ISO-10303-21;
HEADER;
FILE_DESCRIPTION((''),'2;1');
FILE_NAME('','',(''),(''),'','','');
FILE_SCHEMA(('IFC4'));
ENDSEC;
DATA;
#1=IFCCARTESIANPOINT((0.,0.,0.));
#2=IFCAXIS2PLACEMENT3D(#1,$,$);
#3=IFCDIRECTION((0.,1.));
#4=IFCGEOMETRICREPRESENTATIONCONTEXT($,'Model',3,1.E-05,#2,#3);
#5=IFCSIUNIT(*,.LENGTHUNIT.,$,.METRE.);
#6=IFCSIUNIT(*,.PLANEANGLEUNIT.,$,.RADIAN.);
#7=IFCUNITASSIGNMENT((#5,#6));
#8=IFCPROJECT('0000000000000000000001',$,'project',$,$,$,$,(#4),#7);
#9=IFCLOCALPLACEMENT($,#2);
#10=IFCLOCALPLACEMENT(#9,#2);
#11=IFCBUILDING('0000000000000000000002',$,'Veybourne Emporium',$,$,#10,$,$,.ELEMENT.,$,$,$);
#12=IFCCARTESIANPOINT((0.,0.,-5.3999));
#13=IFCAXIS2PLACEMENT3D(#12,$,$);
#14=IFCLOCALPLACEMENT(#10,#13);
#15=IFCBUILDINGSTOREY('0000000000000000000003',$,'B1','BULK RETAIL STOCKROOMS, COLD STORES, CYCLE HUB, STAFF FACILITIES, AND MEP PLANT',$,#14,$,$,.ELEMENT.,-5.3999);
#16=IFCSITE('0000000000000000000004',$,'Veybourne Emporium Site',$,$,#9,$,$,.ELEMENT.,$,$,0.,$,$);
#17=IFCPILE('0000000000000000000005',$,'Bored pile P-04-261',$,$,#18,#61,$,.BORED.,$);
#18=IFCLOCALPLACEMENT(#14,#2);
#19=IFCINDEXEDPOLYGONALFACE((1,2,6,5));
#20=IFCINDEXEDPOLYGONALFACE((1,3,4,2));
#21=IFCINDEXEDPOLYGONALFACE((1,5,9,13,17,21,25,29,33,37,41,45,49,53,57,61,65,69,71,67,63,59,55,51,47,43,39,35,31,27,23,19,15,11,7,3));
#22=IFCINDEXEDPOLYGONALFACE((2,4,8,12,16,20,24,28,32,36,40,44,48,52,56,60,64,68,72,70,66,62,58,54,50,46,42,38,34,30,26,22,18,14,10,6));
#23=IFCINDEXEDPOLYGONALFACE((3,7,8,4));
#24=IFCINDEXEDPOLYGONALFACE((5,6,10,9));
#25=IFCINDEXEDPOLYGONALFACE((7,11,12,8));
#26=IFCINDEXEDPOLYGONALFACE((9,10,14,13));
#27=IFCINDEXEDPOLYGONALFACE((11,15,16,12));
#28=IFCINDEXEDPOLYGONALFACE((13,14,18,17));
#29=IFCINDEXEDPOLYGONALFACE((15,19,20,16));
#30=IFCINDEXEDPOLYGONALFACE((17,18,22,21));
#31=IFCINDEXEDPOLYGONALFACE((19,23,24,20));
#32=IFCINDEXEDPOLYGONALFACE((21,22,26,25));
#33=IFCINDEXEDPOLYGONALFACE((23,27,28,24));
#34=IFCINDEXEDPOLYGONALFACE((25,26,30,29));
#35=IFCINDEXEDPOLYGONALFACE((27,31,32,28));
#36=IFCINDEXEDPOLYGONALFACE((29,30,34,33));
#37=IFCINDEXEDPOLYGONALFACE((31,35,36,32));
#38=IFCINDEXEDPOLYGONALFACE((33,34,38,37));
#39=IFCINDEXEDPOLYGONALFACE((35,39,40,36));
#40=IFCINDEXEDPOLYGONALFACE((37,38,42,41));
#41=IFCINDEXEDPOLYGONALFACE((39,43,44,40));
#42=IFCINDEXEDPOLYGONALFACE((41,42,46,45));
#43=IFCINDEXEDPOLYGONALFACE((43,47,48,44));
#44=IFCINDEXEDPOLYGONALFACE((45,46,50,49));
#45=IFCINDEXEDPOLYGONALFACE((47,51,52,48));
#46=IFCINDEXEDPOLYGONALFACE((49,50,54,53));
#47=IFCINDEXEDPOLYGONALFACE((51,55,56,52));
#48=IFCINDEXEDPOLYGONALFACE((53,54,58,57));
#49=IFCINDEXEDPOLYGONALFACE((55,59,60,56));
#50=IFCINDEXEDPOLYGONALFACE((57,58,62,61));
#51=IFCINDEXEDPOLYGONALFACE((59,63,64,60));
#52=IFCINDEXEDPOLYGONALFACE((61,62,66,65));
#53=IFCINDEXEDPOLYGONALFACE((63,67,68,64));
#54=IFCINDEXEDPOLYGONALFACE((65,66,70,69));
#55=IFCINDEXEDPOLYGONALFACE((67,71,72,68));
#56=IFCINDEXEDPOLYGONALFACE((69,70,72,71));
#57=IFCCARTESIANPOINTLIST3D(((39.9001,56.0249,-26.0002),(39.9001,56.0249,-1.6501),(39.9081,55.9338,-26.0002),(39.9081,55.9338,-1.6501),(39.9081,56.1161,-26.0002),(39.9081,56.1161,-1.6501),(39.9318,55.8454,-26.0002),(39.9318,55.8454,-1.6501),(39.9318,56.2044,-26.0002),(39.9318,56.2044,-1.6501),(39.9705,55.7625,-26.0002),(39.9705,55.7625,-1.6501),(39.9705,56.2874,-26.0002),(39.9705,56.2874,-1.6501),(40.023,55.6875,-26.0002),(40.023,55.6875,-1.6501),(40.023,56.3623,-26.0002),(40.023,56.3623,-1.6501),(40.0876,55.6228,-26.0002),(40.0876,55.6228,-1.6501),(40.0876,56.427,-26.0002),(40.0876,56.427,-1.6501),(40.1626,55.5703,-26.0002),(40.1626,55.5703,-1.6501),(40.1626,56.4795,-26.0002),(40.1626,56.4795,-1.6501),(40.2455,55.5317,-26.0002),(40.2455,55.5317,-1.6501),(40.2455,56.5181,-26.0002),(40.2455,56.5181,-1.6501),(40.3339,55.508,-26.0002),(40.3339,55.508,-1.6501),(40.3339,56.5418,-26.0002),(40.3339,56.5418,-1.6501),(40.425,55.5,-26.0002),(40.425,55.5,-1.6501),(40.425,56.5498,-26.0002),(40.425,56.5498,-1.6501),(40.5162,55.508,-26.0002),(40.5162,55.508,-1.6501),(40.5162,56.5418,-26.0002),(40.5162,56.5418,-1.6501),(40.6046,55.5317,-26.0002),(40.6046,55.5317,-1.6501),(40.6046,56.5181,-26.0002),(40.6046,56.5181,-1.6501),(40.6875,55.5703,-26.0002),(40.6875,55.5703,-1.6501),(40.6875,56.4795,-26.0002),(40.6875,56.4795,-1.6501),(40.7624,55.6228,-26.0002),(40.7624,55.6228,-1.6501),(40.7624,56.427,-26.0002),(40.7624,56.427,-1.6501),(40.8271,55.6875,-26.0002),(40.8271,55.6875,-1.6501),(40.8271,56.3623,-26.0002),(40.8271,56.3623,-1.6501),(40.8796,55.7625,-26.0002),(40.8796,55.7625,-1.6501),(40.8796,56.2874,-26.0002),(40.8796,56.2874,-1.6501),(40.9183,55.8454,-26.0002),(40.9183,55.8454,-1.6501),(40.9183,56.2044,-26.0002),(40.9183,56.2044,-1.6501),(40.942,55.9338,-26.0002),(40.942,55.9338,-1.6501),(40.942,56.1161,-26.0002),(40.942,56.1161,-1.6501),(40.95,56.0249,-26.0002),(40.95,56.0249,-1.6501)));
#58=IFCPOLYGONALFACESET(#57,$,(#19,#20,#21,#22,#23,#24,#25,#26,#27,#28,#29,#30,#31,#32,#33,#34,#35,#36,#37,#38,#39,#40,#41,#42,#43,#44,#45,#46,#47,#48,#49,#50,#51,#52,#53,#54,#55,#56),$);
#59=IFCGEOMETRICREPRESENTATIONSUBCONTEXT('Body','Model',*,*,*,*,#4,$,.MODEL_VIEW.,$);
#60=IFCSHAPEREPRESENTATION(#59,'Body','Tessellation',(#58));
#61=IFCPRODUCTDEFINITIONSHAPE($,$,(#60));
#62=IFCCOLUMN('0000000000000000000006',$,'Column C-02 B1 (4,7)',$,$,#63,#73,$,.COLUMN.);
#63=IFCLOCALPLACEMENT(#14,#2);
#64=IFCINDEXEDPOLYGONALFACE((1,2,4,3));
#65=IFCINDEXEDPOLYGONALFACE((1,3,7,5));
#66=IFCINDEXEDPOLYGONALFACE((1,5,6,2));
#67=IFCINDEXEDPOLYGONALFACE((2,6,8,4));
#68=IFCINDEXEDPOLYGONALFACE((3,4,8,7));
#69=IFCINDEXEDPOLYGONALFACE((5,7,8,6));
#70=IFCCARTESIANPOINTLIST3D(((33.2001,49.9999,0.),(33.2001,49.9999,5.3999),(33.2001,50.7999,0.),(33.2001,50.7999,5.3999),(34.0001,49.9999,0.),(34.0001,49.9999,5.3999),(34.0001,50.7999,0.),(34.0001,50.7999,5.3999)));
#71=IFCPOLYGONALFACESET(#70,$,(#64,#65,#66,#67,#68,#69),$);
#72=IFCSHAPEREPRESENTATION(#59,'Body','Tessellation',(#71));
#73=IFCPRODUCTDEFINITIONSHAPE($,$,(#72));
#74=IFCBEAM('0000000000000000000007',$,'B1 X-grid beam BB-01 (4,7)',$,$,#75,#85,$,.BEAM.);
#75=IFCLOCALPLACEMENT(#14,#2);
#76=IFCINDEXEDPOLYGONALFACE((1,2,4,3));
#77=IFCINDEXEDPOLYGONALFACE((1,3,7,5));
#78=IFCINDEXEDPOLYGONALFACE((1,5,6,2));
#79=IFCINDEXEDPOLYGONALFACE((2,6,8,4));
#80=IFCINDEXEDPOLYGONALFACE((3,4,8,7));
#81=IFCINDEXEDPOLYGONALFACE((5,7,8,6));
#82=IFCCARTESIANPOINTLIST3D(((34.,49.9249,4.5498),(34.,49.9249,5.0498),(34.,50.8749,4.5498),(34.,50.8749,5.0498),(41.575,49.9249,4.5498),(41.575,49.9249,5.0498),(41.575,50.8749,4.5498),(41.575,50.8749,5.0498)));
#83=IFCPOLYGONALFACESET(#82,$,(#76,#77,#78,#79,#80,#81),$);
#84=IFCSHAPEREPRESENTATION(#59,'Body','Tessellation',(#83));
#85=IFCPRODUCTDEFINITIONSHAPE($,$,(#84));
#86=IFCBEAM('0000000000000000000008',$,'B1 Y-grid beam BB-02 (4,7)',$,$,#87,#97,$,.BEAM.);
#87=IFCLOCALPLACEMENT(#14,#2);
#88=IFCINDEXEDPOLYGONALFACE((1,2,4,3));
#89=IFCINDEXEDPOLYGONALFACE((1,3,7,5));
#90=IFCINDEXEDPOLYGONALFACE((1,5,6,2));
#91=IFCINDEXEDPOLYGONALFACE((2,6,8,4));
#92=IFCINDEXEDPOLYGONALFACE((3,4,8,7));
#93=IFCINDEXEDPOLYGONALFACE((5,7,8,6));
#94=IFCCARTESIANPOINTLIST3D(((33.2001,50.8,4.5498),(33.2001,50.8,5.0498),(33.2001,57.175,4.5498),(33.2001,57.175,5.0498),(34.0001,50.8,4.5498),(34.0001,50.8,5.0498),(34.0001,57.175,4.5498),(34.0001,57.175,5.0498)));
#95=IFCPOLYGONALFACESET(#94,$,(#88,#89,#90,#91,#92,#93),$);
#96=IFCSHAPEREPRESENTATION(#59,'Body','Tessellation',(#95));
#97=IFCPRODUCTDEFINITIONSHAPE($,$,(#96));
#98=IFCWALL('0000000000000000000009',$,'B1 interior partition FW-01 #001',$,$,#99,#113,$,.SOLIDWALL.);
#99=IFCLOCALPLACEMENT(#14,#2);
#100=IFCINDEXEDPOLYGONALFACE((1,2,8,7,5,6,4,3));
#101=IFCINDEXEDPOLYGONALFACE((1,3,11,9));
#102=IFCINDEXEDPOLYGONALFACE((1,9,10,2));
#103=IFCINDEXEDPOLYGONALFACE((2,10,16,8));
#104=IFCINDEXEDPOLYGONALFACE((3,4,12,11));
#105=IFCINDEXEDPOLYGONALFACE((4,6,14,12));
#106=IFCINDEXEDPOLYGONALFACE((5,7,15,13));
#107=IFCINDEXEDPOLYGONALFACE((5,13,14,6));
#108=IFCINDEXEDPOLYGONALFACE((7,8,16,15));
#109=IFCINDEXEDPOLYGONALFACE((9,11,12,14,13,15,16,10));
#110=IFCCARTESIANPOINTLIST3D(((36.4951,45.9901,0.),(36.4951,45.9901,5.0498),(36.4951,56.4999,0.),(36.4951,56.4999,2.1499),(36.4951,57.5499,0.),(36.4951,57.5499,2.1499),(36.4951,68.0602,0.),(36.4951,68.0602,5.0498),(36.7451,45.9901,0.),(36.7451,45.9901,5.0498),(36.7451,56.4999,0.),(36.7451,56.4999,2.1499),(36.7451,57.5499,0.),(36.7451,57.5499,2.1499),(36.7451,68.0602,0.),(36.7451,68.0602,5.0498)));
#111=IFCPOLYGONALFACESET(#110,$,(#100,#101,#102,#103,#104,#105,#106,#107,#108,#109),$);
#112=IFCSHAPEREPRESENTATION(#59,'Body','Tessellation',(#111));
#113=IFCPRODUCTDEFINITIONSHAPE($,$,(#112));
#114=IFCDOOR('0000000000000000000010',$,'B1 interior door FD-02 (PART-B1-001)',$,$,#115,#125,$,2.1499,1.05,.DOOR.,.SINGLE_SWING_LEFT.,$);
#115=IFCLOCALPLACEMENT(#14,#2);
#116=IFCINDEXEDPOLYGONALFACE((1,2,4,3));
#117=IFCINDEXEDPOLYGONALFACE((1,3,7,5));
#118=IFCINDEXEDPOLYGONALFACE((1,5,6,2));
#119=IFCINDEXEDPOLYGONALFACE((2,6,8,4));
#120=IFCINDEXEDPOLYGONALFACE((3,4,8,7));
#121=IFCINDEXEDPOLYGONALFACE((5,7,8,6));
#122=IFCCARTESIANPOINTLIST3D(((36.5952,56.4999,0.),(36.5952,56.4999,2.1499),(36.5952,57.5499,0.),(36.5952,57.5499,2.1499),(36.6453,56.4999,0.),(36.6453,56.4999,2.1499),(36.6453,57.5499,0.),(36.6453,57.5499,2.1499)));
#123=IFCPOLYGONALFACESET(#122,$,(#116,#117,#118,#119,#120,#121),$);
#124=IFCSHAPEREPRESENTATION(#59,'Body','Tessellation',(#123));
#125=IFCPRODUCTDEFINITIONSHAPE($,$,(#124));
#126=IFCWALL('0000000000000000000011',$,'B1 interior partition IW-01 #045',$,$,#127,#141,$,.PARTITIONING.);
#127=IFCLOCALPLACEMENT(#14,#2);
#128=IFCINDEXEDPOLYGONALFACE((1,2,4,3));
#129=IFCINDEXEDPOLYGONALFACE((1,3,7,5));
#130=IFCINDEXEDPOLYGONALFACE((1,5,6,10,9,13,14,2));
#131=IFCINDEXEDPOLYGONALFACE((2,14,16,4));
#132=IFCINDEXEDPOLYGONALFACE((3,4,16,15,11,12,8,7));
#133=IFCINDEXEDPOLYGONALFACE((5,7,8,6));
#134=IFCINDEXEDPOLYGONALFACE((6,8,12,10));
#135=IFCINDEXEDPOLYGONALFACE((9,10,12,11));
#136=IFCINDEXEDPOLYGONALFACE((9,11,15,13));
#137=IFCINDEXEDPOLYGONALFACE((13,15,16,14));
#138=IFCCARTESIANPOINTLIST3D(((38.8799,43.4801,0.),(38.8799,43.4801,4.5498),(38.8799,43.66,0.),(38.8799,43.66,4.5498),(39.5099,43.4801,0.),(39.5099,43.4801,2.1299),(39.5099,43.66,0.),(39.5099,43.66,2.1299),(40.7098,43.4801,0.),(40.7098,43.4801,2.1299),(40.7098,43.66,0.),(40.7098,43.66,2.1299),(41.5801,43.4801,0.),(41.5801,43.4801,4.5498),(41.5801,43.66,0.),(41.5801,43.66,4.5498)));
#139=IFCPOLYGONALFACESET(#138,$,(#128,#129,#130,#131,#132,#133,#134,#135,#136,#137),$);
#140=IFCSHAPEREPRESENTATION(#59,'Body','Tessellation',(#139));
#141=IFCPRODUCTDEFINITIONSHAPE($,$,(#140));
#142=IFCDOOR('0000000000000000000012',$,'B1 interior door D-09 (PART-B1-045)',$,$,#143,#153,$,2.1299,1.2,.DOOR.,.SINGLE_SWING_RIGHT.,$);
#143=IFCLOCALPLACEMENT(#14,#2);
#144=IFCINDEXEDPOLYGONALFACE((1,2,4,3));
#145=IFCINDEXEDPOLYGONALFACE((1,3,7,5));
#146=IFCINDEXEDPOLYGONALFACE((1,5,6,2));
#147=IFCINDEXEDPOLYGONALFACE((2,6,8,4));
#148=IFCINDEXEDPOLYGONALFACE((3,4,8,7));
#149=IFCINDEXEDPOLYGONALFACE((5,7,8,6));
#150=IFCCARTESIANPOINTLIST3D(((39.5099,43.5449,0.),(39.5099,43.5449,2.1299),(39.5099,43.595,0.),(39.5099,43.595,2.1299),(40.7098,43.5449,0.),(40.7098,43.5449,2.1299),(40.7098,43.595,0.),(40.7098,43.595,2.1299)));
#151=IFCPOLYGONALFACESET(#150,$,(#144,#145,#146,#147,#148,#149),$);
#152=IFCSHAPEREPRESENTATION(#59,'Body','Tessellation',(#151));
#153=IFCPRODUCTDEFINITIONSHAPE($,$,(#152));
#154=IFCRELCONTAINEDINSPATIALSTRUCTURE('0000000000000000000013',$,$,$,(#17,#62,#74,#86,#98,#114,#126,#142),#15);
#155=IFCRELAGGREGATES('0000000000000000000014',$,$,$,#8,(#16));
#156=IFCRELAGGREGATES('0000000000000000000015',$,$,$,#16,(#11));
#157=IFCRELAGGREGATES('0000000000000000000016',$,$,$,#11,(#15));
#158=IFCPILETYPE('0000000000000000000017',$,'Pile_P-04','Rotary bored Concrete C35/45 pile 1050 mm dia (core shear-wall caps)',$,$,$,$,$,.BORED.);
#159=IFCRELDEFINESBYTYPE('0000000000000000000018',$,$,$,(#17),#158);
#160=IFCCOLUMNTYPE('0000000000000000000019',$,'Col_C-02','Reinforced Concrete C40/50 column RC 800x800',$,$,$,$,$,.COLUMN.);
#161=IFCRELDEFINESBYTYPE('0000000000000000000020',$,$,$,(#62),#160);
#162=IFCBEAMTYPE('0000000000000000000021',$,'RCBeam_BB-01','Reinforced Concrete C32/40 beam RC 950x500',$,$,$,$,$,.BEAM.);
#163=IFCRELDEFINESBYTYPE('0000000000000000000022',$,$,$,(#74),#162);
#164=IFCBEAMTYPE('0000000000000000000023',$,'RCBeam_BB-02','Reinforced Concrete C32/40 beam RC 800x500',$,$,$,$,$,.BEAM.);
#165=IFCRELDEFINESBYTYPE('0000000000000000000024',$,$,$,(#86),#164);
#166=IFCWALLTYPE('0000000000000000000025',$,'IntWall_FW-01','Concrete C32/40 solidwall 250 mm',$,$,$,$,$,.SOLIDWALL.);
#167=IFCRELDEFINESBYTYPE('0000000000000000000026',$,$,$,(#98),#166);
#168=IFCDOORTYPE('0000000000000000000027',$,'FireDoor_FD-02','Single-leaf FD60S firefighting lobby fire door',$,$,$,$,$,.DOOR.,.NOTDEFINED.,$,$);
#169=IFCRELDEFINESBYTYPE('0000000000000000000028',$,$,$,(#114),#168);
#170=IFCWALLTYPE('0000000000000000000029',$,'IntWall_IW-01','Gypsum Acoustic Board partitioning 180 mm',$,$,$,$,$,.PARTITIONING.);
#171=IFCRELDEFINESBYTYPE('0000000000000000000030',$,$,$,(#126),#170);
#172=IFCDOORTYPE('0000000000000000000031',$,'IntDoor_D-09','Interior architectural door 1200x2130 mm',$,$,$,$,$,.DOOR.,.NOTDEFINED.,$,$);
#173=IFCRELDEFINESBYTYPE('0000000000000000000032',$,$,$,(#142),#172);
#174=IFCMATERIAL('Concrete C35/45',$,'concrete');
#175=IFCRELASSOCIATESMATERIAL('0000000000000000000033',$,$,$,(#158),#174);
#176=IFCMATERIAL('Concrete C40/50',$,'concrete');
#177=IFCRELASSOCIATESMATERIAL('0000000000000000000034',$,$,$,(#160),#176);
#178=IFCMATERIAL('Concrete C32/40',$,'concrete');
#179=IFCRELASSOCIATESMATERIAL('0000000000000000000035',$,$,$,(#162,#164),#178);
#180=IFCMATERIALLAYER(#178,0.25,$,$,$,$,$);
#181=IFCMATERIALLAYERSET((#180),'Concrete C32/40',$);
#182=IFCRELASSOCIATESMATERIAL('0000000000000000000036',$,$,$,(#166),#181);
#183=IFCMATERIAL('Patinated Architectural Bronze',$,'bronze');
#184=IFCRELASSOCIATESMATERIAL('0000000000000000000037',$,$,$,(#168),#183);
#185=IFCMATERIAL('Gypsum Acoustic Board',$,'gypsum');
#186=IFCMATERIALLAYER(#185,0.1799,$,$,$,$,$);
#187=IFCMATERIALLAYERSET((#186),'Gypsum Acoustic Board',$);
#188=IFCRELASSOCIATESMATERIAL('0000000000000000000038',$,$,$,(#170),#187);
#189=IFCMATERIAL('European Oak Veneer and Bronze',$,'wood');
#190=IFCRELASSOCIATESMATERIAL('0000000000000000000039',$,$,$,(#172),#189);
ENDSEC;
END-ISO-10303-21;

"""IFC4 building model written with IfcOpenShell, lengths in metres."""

from ifc_helpers import new_model, si_unit, direction, frame, frame_2d, origin, origin_2d, place, context, subcontext, project, spatial, rectangle, circle, extrude, material, layer, layer_set, material_profile, profile_set, type_object, element, fill, save


model = new_model("IFC4")

# Units and contexts
model_context = context("Model", 3, precision=1e-05, world=origin(), true_north=direction((0.0, 1.0)))
body_context = subcontext(model_context, "Body", "Model", "MODEL_VIEW")
ifc_project = project(units=[si_unit("LENGTHUNIT", "METRE"), si_unit("PLANEANGLEUNIT", "RADIAN")], contexts=[model_context])

# Site, building, storey
site_placement = place(None, origin())
site = spatial("IfcSite", under=ifc_project, at=site_placement, Name="Veybourne Emporium Site", CompositionType="ELEMENT", RefElevation=0.0)
building_placement = place(site_placement, origin())
building = spatial("IfcBuilding", under=site, at=building_placement, Name="Veybourne Emporium", CompositionType="ELEMENT")
storey_placement = place(building_placement, frame((0.0, 0.0, -5.3999)))
storey = spatial("IfcBuildingStorey", under=building, at=storey_placement, Name="B1", Description="BULK RETAIL STOCKROOMS, COLD STORES, CYCLE HUB, STAFF FACILITIES, AND MEP PLANT", CompositionType="ELEMENT", Elevation=-5.3999)

# Shared definitions
ifc_material_1 = material(Name="Concrete C35/45", Category="concrete")

# Pile
ifc_material_profile_1 = material_profile(ifc_material_1, circle(Radius=0.5249, at=origin_2d()), Name="BORED PILE 1050")
ifc_profile_set_1 = profile_set([ifc_material_profile_1], Name="Concrete C35/45")
pile_type_1 = type_object("IfcPileType", Name="Pile_P-04", Description="Rotary bored Concrete C35/45 pile 1050 mm dia (core shear-wall caps)", PredefinedType="BORED", material=ifc_profile_set_1)
for number, where, z_axis, x_axis, name in (
    (1, (40.425, 56.0249, -1.6501), (0.0, 0.0, -1.0), (1.0, 0.0, 0.0), "Bored pile P-04-261"),
):
    element("IfcPile", number, at=place(storey_placement, frame(where, z_axis=z_axis, x_axis=x_axis)), inside=storey, type_object=pile_type_1, Name=name, PredefinedType="BORED", context=body_context, shape_type="SweptSolid", body=[
        extrude(circle(Radius=0.5249, at=origin_2d()), origin(), (0.0, 0.0, 1.0), 24.3501),
    ])

# Column
ifc_material_2 = material(Name="Concrete C40/50", Category="concrete")
ifc_material_profile_2 = material_profile(ifc_material_2, rectangle(XDim=0.8, YDim=0.8, at=origin_2d()), Name="RC 800x800")
ifc_profile_set_2 = profile_set([ifc_material_profile_2], Name="Concrete C40/50")
column_type = type_object("IfcColumnType", Name="Col_C-02", Description="Reinforced Concrete C40/50 column RC 800x800", PredefinedType="COLUMN", material=ifc_profile_set_2)
column_placement = place(storey_placement, frame((33.6001, 50.3999, 0.0), z_axis=(0.0, 0.0, 1.0), x_axis=(1.0, 0.0, 0.0)))
element("IfcColumn", 2, at=column_placement, inside=storey, type_object=column_type, Name="Column C-02 B1 (4,7)", PredefinedType="COLUMN", context=body_context, shape_type="SweptSolid", body=[
    extrude(rectangle(XDim=0.8, YDim=0.8, at=origin_2d()), origin(), (0.0, 0.0, 1.0), 5.3999),
])

# Beams
ifc_material_3 = material(Name="Concrete C32/40", Category="concrete")
ifc_material_profile_3 = material_profile(ifc_material_3, rectangle(XDim=0.95, YDim=0.5, at=origin_2d()), Name="RC 950x500")
ifc_profile_set_3 = profile_set([ifc_material_profile_3], Name="Concrete C32/40")
beam_type_1 = type_object("IfcBeamType", Name="RCBeam_BB-01", Description="Reinforced Concrete C32/40 beam RC 950x500", PredefinedType="BEAM", material=ifc_profile_set_3)
beam_1_placement = place(storey_placement, frame((34.0, 50.3999, 4.7998), z_axis=(1.0, 0.0, 0.0), x_axis=(0.0, 1.0, 0.0)))
element("IfcBeam", 3, at=beam_1_placement, inside=storey, type_object=beam_type_1, Name="B1 X-grid beam BB-01 (4,7)", PredefinedType="BEAM", context=body_context, shape_type="SweptSolid", body=[
    extrude(rectangle(XDim=0.95, YDim=0.5, at=origin_2d()), origin(), (0.0, 0.0, 1.0), 7.575),
])
ifc_material_profile_4 = material_profile(ifc_material_3, rectangle(XDim=0.8, YDim=0.5, at=origin_2d()), Name="RC 800x500")
ifc_profile_set_4 = profile_set([ifc_material_profile_4], Name="Concrete C32/40")
beam_type_2 = type_object("IfcBeamType", Name="RCBeam_BB-02", Description="Reinforced Concrete C32/40 beam RC 800x500", PredefinedType="BEAM", material=ifc_profile_set_4)
beam_2_placement = place(storey_placement, frame((33.6001, 50.8, 4.7998), z_axis=(0.0, 1.0, 0.0), x_axis=(-1.0, 0.0, 0.0)))
element("IfcBeam", 4, at=beam_2_placement, inside=storey, type_object=beam_type_2, Name="B1 Y-grid beam BB-02 (4,7)", PredefinedType="BEAM", context=body_context, shape_type="SweptSolid", body=[
    extrude(rectangle(XDim=0.8, YDim=0.5, at=origin_2d()), origin(), (0.0, 0.0, 1.0), 6.375),
])

# Walls, openings, doors
ifc_layer_1 = layer(ifc_material_3, 0.25)
ifc_layer_set_1 = layer_set([ifc_layer_1], Name="Concrete C32/40")
wall_type_1 = type_object("IfcWallType", Name="IntWall_FW-01", Description="Concrete C32/40 solidwall 250 mm", PredefinedType="SOLIDWALL", material=ifc_layer_set_1)
wall_1_placement = place(storey_placement, frame((36.6201, 45.99, 0.0), z_axis=(0.0, 0.0, 1.0), x_axis=(0.0, 1.0, 0.0)))
wall_1 = element("IfcWall", 5, at=wall_1_placement, inside=storey, type_object=wall_type_1, Name="B1 interior partition FW-01 #001", PredefinedType="SOLIDWALL", context=body_context, shape_type="SweptSolid", body=[
    extrude(rectangle(XDim=22.0701, YDim=0.25, at=frame_2d((11.0352, 0.0))), origin(), (0.0, 0.0, 1.0), 5.0498),
])
opening_1_placement = place(wall_1_placement, frame((10.51, 0.0, 0.0)))
opening_1 = element("IfcOpeningElement", 6, at=opening_1_placement, cuts=wall_1, PredefinedType="OPENING", context=body_context, shape_type="SweptSolid", body=[
    extrude(rectangle(XDim=1.05, YDim=2.1499, at=frame_2d((0.5249, 1.075))), frame((0.0, 0.145, 0.0), z_axis=(0.0, -1.0, 0.0), x_axis=(1.0, 0.0, 0.0)), (0.0, 0.0, 1.0), 0.29),
])
ifc_material_4 = material(Name="Patinated Architectural Bronze", Category="bronze")
door_type_1 = type_object("IfcDoorType", Name="FireDoor_FD-02", Description="Single-leaf FD60S firefighting lobby fire door", OperationType="NOTDEFINED", PredefinedType="DOOR", material=ifc_material_4)
door_1_placement = place(opening_1_placement, origin())
door_1 = element("IfcDoor", 7, at=door_1_placement, inside=storey, type_object=door_type_1, Name="B1 interior door FD-02 (PART-B1-001)", OperationType="SINGLE_SWING_LEFT", OverallHeight=2.1499, OverallWidth=1.05, PredefinedType="DOOR", context=body_context, shape_type="SweptSolid", body=[
    extrude(rectangle(XDim=1.05, YDim=2.1499, at=frame_2d((0.5249, 1.075))), frame((0.0, 0.0249, 0.0), z_axis=(0.0, -1.0, 0.0), x_axis=(1.0, 0.0, 0.0)), (0.0, 0.0, 1.0), 0.05),
])
fill(opening_1, door_1)
ifc_material_5 = material(Name="Gypsum Acoustic Board", Category="gypsum")
ifc_layer_2 = layer(ifc_material_5, 0.1799)
ifc_layer_set_2 = layer_set([ifc_layer_2], Name="Gypsum Acoustic Board")
wall_type_2 = type_object("IfcWallType", Name="IntWall_IW-01", Description="Gypsum Acoustic Board partitioning 180 mm", PredefinedType="PARTITIONING", material=ifc_layer_set_2)
wall_2_placement = place(storey_placement, frame((38.8799, 43.5701, 0.0), z_axis=(0.0, 0.0, 1.0), x_axis=(1.0, 0.0, 0.0)))
wall_2 = element("IfcWall", 8, at=wall_2_placement, inside=storey, type_object=wall_type_2, Name="B1 interior partition IW-01 #045", PredefinedType="PARTITIONING", context=body_context, shape_type="SweptSolid", body=[
    extrude(rectangle(XDim=2.7002, YDim=0.1799, at=frame_2d((1.3501, 0.0))), origin(), (0.0, 0.0, 1.0), 4.5498),
])
opening_2_placement = place(wall_2_placement, frame((0.6299, 0.0, 0.0)))
opening_2 = element("IfcOpeningElement", 9, at=opening_2_placement, cuts=wall_2, PredefinedType="OPENING", context=body_context, shape_type="SweptSolid", body=[
    extrude(rectangle(XDim=1.2, YDim=2.1299, at=frame_2d((0.6001, 1.0649))), frame((0.0, 0.1099, 0.0), z_axis=(0.0, -1.0, 0.0), x_axis=(1.0, 0.0, 0.0)), (0.0, 0.0, 1.0), 0.22),
])
ifc_material_6 = material(Name="European Oak Veneer and Bronze", Category="wood")
door_type_2 = type_object("IfcDoorType", Name="IntDoor_D-09", Description="Interior architectural door 1200x2130 mm", OperationType="NOTDEFINED", PredefinedType="DOOR", material=ifc_material_6)
door_2_placement = place(opening_2_placement, origin())
door_2 = element("IfcDoor", 10, at=door_2_placement, inside=storey, type_object=door_type_2, Name="B1 interior door D-09 (PART-B1-045)", OperationType="SINGLE_SWING_RIGHT", OverallHeight=2.1299, OverallWidth=1.2, PredefinedType="DOOR", context=body_context, shape_type="SweptSolid", body=[
    extrude(rectangle(XDim=1.2, YDim=2.1299, at=frame_2d((0.6001, 1.0649))), frame((0.0, 0.0249, 0.0), z_axis=(0.0, -1.0, 0.0), x_axis=(1.0, 0.0, 0.0)), (0.0, 0.0, 1.0), 0.05),
])
fill(opening_2, door_2)

save(model, "model.ifc")
